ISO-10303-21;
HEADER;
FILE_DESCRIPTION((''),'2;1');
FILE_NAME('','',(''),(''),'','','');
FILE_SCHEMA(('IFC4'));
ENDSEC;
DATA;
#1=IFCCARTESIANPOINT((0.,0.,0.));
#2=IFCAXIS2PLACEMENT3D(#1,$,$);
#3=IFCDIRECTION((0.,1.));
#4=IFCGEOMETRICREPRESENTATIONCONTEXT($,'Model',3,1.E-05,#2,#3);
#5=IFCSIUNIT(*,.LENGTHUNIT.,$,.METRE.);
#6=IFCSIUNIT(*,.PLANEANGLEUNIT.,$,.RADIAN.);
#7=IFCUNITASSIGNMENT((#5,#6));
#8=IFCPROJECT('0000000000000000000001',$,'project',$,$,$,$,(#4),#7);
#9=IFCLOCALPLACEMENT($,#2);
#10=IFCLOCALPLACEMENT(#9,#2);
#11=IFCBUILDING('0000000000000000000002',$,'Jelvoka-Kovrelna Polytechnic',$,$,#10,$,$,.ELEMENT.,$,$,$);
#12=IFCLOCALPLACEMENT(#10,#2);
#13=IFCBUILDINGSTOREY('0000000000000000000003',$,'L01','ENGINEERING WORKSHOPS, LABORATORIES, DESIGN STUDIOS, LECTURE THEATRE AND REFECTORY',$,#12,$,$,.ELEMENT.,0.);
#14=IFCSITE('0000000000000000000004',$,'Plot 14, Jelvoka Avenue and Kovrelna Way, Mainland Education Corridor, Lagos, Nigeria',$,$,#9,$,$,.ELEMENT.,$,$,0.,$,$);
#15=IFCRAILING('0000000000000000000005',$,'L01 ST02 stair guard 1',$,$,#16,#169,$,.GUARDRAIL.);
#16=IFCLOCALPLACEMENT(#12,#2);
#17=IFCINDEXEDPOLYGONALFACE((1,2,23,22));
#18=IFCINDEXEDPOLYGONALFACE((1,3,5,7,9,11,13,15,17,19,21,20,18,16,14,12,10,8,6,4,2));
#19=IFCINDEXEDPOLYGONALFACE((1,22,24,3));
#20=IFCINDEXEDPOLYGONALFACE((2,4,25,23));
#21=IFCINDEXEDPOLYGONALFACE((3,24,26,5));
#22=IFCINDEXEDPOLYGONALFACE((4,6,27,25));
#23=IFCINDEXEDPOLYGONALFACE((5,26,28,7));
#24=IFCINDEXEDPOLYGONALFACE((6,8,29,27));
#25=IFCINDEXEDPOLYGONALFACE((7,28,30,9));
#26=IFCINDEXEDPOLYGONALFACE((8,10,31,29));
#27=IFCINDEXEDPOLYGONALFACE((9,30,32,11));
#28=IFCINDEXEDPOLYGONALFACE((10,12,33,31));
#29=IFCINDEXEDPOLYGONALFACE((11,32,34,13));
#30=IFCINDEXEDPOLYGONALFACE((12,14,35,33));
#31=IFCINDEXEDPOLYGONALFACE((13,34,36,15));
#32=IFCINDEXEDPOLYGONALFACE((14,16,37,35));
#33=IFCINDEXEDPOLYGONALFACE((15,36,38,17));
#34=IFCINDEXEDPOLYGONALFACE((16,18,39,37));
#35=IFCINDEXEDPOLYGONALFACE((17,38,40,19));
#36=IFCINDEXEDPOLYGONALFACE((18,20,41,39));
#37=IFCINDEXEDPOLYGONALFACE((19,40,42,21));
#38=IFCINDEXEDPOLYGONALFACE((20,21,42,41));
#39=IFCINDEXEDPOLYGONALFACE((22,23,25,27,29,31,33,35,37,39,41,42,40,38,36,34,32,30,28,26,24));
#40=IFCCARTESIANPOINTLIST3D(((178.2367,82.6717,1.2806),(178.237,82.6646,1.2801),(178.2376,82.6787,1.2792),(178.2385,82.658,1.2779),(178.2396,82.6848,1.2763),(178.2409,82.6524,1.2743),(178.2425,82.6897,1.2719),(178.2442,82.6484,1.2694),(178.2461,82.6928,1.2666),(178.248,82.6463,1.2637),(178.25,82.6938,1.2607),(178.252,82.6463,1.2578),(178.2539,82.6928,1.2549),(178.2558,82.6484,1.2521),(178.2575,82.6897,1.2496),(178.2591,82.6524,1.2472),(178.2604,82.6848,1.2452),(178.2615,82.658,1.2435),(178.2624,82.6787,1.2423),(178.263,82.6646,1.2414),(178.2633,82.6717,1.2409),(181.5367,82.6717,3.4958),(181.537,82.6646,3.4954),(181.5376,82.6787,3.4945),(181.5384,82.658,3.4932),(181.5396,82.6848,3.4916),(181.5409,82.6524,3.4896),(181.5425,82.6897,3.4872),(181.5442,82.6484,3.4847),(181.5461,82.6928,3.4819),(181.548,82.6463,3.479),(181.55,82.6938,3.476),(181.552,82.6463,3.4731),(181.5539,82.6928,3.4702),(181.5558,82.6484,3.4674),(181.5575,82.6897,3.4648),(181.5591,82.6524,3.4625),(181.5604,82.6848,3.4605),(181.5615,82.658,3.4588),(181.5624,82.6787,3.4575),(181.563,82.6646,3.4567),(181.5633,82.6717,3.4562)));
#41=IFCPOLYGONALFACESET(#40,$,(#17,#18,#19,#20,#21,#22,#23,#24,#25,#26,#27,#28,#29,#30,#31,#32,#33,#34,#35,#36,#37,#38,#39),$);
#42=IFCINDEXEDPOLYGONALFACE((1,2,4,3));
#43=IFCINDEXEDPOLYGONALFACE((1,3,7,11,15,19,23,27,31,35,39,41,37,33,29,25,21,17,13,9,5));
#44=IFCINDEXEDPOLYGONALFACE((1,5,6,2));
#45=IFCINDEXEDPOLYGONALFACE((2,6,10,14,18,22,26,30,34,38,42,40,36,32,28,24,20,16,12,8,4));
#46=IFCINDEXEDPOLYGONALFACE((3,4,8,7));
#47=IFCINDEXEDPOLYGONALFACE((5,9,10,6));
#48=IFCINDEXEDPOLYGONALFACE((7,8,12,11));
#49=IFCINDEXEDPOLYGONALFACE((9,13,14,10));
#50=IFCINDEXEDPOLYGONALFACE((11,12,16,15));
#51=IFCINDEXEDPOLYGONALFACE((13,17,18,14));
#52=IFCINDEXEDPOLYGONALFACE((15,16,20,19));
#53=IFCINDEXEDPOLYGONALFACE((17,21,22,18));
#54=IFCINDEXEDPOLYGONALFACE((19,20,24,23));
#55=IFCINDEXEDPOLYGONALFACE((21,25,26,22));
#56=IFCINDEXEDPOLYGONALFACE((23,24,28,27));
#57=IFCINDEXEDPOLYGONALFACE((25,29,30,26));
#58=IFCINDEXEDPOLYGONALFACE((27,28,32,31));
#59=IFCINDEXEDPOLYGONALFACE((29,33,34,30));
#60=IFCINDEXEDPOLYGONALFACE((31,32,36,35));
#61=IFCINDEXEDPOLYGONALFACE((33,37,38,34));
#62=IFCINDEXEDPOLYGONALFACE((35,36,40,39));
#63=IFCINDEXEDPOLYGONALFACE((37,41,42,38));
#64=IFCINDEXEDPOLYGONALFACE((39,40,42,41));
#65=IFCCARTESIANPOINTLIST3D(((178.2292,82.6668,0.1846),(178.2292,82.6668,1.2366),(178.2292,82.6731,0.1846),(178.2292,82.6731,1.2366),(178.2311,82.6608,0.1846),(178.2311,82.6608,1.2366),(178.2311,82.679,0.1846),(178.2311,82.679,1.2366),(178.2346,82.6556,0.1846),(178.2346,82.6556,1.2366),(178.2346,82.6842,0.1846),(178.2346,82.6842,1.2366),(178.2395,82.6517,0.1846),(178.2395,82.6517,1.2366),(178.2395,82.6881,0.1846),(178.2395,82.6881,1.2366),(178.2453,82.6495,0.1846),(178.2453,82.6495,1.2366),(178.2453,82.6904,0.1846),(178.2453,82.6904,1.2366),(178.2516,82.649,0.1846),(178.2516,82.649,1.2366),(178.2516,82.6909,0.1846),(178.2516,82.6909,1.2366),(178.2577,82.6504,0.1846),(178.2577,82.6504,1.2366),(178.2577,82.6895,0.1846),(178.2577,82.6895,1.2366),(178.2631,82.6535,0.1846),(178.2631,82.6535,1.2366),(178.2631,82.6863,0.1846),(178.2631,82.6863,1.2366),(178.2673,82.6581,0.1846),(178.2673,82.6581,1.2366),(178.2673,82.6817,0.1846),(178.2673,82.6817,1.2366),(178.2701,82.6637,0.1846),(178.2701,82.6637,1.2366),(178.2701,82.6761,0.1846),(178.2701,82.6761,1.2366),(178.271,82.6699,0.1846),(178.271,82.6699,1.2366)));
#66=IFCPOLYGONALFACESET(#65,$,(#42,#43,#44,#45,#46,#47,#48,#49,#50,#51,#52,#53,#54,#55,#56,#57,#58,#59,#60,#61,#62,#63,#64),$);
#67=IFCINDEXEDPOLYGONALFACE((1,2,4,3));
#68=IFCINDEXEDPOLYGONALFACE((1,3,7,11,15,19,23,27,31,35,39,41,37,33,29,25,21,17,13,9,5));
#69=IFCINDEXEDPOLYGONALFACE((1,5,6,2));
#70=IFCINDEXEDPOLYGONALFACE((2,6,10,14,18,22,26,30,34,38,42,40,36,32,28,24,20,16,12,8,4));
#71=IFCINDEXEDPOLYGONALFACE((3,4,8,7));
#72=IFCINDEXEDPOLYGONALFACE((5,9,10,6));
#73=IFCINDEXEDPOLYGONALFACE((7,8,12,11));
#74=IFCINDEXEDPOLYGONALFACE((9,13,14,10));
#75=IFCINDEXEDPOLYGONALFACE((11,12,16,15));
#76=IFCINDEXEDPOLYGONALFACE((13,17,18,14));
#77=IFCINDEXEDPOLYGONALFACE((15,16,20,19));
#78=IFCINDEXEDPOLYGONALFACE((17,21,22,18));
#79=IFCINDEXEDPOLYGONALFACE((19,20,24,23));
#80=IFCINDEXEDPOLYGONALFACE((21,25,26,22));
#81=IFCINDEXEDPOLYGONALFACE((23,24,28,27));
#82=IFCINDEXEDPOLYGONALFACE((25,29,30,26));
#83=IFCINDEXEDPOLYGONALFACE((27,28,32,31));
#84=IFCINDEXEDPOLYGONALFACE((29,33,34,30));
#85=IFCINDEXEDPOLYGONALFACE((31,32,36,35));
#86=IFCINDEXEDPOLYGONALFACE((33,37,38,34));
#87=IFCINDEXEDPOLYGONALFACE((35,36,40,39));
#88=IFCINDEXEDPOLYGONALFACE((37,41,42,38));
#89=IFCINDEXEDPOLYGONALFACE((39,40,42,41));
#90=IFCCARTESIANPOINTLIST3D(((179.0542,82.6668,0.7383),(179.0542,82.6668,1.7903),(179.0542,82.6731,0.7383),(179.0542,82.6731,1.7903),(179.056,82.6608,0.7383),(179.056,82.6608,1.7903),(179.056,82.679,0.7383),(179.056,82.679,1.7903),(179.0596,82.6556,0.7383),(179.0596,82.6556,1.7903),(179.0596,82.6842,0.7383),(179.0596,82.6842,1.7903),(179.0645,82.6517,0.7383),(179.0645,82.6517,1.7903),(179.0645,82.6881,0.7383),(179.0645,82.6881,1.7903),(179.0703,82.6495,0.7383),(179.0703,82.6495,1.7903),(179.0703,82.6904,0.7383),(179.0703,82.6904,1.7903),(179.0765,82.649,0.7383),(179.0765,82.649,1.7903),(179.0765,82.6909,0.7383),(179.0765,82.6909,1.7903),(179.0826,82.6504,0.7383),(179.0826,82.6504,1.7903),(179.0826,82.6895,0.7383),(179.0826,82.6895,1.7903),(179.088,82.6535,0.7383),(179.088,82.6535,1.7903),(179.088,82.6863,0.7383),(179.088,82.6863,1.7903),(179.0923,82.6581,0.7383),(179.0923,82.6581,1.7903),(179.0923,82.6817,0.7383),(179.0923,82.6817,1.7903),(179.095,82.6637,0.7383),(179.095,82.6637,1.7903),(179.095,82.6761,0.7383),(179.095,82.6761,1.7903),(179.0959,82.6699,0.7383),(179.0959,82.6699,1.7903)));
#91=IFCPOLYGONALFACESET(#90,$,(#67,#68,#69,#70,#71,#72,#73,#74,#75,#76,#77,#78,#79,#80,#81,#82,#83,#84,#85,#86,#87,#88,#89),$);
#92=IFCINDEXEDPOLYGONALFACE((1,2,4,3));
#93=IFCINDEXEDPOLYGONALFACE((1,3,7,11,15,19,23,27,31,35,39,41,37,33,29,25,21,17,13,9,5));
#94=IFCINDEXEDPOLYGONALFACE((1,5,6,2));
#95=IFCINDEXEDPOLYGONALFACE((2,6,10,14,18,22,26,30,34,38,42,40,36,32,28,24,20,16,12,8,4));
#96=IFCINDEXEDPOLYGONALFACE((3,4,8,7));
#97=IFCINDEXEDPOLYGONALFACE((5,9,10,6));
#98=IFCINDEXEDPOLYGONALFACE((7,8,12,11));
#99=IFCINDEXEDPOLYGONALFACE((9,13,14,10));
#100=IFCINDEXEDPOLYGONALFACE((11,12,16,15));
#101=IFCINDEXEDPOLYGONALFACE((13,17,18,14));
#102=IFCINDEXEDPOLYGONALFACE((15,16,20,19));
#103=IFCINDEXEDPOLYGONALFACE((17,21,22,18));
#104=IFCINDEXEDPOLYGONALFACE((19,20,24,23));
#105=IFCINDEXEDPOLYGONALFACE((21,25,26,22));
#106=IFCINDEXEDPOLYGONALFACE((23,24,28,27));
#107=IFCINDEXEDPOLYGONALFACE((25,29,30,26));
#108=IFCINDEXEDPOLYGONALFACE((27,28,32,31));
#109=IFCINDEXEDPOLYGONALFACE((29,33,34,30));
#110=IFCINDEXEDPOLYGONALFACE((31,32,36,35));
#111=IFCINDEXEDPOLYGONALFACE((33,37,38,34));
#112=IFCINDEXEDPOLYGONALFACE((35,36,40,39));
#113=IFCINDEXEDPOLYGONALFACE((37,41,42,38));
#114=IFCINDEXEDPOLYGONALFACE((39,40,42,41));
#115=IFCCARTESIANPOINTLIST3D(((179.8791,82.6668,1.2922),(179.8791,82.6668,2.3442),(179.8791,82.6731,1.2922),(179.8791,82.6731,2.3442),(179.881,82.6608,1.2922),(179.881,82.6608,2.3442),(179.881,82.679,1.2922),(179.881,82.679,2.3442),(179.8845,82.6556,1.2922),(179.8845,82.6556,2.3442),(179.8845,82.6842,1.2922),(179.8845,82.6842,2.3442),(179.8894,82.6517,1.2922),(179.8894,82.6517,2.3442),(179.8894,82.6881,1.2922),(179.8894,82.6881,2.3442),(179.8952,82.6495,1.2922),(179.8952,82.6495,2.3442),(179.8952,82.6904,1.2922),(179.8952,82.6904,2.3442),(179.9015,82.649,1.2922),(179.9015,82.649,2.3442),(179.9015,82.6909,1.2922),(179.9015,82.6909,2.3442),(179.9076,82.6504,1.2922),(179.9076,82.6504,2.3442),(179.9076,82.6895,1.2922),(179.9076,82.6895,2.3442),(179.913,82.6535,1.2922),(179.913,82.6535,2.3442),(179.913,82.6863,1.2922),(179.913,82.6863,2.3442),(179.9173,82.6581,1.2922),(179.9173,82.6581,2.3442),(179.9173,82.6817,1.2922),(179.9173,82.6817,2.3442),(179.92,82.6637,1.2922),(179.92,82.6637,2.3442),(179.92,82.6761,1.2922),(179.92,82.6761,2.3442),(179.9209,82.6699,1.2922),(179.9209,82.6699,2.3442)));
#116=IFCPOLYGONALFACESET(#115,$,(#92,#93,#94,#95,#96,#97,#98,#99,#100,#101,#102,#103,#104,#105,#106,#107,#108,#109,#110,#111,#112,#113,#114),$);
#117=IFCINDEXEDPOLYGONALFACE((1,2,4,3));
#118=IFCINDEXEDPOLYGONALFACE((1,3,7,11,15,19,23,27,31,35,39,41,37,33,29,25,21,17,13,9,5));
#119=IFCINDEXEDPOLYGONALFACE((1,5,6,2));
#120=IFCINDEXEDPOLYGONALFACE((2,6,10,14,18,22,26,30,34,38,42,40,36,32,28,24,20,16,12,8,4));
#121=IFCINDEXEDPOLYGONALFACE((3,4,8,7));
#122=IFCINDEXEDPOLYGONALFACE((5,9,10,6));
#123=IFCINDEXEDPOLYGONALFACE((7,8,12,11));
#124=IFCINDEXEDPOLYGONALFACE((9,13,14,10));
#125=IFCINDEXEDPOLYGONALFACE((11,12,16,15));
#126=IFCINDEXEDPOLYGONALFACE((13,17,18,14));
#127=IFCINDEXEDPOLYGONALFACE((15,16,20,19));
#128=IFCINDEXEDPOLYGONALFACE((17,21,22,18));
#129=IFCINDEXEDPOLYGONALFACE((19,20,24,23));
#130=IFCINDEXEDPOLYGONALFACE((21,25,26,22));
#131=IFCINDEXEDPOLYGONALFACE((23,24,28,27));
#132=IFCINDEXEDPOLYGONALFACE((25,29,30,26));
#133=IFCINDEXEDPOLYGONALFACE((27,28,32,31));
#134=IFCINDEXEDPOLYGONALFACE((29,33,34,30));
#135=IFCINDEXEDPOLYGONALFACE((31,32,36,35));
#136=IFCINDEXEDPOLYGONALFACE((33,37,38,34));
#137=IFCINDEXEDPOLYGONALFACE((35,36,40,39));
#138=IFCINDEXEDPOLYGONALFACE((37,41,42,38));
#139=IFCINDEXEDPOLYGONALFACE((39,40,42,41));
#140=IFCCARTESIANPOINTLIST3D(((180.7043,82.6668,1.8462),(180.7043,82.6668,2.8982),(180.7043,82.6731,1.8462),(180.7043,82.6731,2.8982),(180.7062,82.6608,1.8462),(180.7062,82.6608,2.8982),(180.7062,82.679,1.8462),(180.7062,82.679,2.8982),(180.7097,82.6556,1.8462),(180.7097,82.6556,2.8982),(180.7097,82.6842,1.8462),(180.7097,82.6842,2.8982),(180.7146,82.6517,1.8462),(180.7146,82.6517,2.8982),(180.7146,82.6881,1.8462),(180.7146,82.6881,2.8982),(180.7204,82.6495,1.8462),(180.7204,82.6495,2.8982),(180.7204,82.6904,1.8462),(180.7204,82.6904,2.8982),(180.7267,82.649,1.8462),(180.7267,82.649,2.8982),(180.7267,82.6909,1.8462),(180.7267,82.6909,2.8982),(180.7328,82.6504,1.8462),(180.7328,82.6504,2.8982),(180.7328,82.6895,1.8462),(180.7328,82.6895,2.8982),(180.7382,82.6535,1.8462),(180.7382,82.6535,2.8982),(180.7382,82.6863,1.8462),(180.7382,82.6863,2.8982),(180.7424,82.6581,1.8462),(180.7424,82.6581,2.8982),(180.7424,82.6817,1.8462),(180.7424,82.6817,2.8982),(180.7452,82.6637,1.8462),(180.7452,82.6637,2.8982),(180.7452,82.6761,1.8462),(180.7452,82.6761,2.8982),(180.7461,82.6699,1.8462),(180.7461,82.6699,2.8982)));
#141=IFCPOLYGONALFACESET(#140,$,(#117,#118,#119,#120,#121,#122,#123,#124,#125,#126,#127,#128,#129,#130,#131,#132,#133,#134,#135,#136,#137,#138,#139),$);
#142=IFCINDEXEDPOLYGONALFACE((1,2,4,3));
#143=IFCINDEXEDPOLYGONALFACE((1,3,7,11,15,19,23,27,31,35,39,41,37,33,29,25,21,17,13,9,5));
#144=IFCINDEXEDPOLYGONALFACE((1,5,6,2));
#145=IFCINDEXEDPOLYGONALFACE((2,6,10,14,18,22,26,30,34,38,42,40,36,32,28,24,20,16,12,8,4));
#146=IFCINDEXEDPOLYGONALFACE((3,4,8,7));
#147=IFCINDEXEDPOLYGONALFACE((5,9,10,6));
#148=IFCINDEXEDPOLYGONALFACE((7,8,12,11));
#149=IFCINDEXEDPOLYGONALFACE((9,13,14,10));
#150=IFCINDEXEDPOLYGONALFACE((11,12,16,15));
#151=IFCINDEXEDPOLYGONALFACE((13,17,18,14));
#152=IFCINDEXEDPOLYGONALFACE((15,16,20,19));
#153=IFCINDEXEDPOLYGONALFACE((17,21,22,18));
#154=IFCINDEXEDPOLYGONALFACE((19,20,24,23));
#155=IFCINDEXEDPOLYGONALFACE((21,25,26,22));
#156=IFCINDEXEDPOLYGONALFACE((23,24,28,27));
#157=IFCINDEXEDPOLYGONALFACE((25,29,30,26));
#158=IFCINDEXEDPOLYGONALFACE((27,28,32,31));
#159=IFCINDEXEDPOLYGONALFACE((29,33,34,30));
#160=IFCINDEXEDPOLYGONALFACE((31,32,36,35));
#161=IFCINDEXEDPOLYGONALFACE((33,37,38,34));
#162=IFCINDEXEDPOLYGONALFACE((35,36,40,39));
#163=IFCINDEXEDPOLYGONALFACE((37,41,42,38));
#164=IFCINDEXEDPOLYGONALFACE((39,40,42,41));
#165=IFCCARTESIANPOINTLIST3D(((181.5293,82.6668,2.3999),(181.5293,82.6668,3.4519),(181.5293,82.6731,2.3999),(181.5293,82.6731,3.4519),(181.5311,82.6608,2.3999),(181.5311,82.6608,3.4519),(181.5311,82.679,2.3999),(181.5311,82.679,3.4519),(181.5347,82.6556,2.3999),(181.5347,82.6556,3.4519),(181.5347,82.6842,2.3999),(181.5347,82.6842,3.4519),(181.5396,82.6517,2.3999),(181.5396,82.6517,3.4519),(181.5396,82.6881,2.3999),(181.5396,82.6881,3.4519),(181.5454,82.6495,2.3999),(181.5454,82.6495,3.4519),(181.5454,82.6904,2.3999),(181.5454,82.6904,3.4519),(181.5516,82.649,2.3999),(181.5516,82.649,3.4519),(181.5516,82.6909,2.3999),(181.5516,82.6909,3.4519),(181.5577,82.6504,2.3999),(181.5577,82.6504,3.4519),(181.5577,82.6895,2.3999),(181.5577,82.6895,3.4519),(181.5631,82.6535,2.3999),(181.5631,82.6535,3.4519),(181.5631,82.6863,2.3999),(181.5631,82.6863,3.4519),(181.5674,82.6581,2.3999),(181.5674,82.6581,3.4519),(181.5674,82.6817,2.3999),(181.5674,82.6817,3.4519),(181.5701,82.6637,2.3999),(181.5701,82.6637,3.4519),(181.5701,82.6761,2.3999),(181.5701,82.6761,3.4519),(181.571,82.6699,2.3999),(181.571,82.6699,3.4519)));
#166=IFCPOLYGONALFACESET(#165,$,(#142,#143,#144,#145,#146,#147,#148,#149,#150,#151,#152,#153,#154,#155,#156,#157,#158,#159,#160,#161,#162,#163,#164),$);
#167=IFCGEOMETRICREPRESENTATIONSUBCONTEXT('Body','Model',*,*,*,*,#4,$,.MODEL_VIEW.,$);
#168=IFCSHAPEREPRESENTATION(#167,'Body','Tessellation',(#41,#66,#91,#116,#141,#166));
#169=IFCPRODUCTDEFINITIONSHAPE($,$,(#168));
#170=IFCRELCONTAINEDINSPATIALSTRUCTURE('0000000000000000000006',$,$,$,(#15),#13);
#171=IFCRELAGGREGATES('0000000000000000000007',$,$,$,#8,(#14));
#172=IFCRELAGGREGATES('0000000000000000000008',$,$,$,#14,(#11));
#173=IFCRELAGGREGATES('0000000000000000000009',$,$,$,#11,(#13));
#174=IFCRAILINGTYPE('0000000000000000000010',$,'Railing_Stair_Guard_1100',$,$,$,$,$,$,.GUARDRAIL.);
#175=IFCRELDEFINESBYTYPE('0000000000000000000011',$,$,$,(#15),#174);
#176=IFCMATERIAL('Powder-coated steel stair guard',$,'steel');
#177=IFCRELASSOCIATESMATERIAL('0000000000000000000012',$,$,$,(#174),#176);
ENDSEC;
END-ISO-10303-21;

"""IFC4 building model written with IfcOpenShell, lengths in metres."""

from ifc_helpers import new_model, si_unit, direction, frame, origin, origin_2d, place, context, subcontext, project, spatial, circle, extrude, material, type_object, element, save


model = new_model("IFC4")

# Units and contexts
model_context = context("Model", 3, precision=1e-05, world=origin(), true_north=direction((0.0, 1.0)))
body_context = subcontext(model_context, "Body", "Model", "MODEL_VIEW")
ifc_project = project(units=[si_unit("LENGTHUNIT", "METRE"), si_unit("PLANEANGLEUNIT", "RADIAN")], contexts=[model_context])

# Site, building, storey
site_placement = place(None, origin())
site = spatial("IfcSite", under=ifc_project, at=site_placement, Name="Plot 14, Jelvoka Avenue and Kovrelna Way, Mainland Education Corridor, Lagos, Nigeria", CompositionType="ELEMENT", RefElevation=0.0)
building_placement = place(site_placement, origin())
building = spatial("IfcBuilding", under=site, at=building_placement, Name="Jelvoka-Kovrelna Polytechnic", CompositionType="ELEMENT")
storey_placement = place(building_placement, origin())
storey = spatial("IfcBuildingStorey", under=building, at=storey_placement, Name="L01", Description="ENGINEERING WORKSHOPS, LABORATORIES, DESIGN STUDIOS, LECTURE THEATRE AND REFECTORY", CompositionType="ELEMENT", Elevation=0.0)

# Railing
ifc_material_1 = material(Name="Powder-coated steel stair guard", Category="steel")
railing_type_1 = type_object("IfcRailingType", Name="Railing_Stair_Guard_1100", PredefinedType="GUARDRAIL", material=ifc_material_1)
railing_1_placement = place(storey_placement, frame((178.25, 82.6699, 0.1846)))
element("IfcRailing", 1, at=railing_1_placement, inside=storey, type_object=railing_type_1, Name="L01 ST02 stair guard 1", PredefinedType="GUARDRAIL", context=body_context, shape_type="SweptSolid", body=[
    extrude(circle(Radius=0.0239, at=origin_2d()), frame((0.0, 0.0, 1.0762), z_axis=(0.830269, 0.0, 0.557362), x_axis=(0.0, 1.0, 0.0)), (0.0, 0.0, 1.0), 3.9746),
    extrude(circle(Radius=0.021, at=origin_2d()), origin(), (0.0, 0.0, 1.0), 1.052),
    extrude(circle(Radius=0.021, at=origin_2d()), frame((0.825, 0.0, 0.5537)), (0.0, 0.0, 1.0), 1.052),
    extrude(circle(Radius=0.021, at=origin_2d()), frame((1.6499, 0.0, 1.1077)), (0.0, 0.0, 1.0), 1.052),
    extrude(circle(Radius=0.021, at=origin_2d()), frame((2.4751, 0.0, 1.6616)), (0.0, 0.0, 1.0), 1.052),
    extrude(circle(Radius=0.021, at=origin_2d()), frame((3.3, 0.0, 2.2153)), (0.0, 0.0, 1.0), 1.052),
])

save(model, "model.ifc")
